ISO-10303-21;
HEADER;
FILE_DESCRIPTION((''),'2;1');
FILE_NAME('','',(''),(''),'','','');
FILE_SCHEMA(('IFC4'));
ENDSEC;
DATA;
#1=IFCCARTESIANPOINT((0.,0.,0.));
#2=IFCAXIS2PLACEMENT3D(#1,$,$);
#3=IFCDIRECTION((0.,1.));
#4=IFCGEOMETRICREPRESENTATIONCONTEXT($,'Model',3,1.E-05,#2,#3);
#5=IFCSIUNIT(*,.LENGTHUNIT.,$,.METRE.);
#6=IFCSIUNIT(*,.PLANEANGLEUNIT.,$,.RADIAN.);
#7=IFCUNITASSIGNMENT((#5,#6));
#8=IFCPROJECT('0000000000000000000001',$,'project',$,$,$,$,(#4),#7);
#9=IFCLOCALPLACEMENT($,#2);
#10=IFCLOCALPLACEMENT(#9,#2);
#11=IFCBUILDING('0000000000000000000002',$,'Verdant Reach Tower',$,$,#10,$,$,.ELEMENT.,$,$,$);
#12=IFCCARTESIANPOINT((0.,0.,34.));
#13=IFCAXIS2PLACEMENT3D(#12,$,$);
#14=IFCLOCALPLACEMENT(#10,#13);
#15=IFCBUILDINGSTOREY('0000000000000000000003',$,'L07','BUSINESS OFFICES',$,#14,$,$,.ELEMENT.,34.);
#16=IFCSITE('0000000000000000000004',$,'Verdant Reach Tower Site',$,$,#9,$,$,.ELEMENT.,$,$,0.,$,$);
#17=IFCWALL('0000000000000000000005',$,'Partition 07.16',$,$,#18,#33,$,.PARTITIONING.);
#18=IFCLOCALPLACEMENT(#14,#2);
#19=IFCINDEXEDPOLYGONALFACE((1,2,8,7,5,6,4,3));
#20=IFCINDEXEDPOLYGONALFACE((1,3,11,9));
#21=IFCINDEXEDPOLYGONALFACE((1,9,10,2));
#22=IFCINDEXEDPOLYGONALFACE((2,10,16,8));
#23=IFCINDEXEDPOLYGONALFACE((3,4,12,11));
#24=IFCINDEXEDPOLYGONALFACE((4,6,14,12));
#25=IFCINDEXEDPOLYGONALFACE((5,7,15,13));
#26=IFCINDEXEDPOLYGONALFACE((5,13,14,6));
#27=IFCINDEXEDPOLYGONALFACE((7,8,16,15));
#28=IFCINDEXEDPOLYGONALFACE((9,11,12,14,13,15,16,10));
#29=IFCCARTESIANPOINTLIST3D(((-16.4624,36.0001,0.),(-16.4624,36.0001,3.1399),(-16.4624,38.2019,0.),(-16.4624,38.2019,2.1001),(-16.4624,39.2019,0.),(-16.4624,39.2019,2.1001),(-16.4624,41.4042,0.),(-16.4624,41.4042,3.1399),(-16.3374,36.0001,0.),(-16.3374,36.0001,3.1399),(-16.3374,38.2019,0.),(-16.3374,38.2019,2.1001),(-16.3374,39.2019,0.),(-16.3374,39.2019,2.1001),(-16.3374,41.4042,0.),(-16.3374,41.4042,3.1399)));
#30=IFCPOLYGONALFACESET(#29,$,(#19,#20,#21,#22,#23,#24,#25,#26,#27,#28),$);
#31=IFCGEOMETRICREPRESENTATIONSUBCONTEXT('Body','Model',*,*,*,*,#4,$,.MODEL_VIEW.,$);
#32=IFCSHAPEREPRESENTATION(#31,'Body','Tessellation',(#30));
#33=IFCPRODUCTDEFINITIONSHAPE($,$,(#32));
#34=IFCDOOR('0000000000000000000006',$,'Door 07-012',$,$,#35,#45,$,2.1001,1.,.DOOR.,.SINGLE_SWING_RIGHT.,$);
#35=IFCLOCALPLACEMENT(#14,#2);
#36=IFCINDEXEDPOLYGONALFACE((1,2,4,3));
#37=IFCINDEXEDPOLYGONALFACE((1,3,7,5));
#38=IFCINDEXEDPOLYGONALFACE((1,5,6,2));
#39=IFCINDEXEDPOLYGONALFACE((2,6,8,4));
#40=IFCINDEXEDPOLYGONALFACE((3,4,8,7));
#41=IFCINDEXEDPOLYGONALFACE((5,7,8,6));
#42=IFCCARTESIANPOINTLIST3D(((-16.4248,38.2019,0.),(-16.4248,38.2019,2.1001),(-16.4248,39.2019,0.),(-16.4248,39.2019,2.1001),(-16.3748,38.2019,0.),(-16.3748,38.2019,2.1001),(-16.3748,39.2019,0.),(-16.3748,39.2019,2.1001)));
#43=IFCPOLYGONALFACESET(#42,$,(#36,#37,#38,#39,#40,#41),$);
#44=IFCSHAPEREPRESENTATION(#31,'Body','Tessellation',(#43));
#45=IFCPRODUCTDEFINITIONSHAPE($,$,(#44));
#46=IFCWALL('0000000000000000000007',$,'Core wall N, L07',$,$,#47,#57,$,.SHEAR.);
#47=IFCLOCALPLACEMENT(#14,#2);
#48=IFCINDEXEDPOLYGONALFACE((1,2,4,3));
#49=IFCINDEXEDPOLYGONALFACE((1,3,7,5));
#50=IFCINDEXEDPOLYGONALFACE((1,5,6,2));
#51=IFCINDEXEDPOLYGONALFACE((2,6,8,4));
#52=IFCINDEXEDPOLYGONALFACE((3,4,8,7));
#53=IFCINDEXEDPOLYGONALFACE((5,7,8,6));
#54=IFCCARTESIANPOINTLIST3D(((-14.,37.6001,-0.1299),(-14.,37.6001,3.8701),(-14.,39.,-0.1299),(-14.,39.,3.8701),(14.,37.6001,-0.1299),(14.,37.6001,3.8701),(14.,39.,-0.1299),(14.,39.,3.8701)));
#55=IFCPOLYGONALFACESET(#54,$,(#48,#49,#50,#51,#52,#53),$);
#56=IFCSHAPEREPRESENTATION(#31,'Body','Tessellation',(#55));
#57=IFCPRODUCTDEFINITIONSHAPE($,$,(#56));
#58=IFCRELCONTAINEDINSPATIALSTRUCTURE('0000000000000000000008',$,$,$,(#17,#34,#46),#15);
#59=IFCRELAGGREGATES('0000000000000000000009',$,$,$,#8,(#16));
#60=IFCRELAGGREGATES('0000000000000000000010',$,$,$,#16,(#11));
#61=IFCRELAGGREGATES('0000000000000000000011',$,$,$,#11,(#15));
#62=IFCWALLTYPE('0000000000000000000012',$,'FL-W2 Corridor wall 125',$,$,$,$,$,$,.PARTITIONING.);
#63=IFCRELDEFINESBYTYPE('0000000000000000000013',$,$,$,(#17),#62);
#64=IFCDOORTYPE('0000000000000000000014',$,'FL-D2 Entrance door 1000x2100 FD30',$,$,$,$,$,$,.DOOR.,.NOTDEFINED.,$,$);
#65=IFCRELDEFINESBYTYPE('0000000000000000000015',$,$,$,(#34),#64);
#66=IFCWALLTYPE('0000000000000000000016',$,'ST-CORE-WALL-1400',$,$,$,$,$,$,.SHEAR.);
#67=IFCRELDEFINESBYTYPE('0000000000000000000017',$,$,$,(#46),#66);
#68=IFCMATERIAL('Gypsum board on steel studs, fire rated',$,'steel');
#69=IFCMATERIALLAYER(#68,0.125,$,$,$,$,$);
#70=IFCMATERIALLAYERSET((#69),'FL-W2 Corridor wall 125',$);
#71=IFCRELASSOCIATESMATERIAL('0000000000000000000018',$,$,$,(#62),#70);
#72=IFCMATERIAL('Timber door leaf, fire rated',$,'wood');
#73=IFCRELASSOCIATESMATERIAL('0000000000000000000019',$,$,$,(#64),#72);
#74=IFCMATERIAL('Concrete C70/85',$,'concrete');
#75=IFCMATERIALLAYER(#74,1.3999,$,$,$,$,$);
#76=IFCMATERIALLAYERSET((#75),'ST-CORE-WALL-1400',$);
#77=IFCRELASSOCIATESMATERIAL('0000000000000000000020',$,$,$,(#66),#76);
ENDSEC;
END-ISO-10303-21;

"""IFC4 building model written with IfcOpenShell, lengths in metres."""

from ifc_helpers import new_model, si_unit, direction, frame, frame_2d, origin, place, context, subcontext, project, spatial, rectangle, extrude, material, layer, layer_set, type_object, element, fill, save


model = new_model("IFC4")

# Units and contexts
model_context = context("Model", 3, precision=1e-05, world=origin(), true_north=direction((0.0, 1.0)))
body_context = subcontext(model_context, "Body", "Model", "MODEL_VIEW")
ifc_project = project(units=[si_unit("LENGTHUNIT", "METRE"), si_unit("PLANEANGLEUNIT", "RADIAN")], contexts=[model_context])

# Site, building, storey
site_placement = place(None, origin())
site = spatial("IfcSite", under=ifc_project, at=site_placement, Name="Verdant Reach Tower Site", CompositionType="ELEMENT", RefElevation=0.0)
building_placement = place(site_placement, origin())
building = spatial("IfcBuilding", under=site, at=building_placement, Name="Verdant Reach Tower", CompositionType="ELEMENT")
storey_placement = place(building_placement, frame((0.0, 0.0, 34.0)))
storey = spatial("IfcBuildingStorey", under=building, at=storey_placement, Name="L07", Description="BUSINESS OFFICES", CompositionType="ELEMENT", Elevation=34.0)

# Wall, opening, door
ifc_material_1 = material(Name="Gypsum board on steel studs, fire rated", Category="steel")
ifc_layer_1 = layer(ifc_material_1, 0.125)
ifc_layer_set_1 = layer_set([ifc_layer_1], Name="FL-W2 Corridor wall 125")
wall_type_1 = type_object("IfcWallType", Name="FL-W2 Corridor wall 125", PredefinedType="PARTITIONING", material=ifc_layer_set_1)
ifc_material_2 = material(Name="Timber door leaf, fire rated", Category="wood")
door_type_1 = type_object("IfcDoorType", Name="FL-D2 Entrance door 1000x2100 FD30", OperationType="NOTDEFINED", PredefinedType="DOOR", material=ifc_material_2)
wall_1_placement = place(storey_placement, frame((-16.3999, 36.0, 0.0), z_axis=(0.0, 0.0, 1.0), x_axis=(0.0, 1.0, 0.0)))
wall_1 = element("IfcWall", 1, at=wall_1_placement, inside=storey, type_object=wall_type_1, Name="Partition 07.16", PredefinedType="PARTITIONING", context=body_context, shape_type="SweptSolid", body=[
    extrude(rectangle(XDim=5.4041, YDim=0.125, at=frame_2d((2.7021, 0.0))), origin(), (0.0, 0.0, 1.0), 3.1399),
])
opening_1_placement = place(wall_1_placement, frame((2.2019, 0.0, 0.0)))
opening_1 = element("IfcOpeningElement", 2, at=opening_1_placement, cuts=wall_1, PredefinedType="OPENING", context=body_context, shape_type="SweptSolid", body=[
    extrude(rectangle(XDim=1.0, YDim=2.1001, at=frame_2d((0.5, 1.05))), frame((0.0, 0.0725, 0.0), z_axis=(0.0, -1.0, 0.0), x_axis=(1.0, 0.0, 0.0)), (0.0, 0.0, 1.0), 0.145),
])
door_1_placement = place(opening_1_placement, origin())
door_1 = element("IfcDoor", 3, at=door_1_placement, inside=storey, type_object=door_type_1, Name="Door 07-012", OperationType="SINGLE_SWING_RIGHT", OverallHeight=2.1001, OverallWidth=1.0, PredefinedType="DOOR", context=body_context, shape_type="SweptSolid", body=[
    extrude(rectangle(XDim=1.0, YDim=2.1001, at=frame_2d((0.5, 1.05))), frame((0.0, 0.0249, 0.0), z_axis=(0.0, -1.0, 0.0), x_axis=(1.0, 0.0, 0.0)), (0.0, 0.0, 1.0), 0.05),
])
fill(opening_1, door_1)

# Wall
ifc_material_3 = material(Name="Concrete C70/85", Category="concrete")
ifc_layer_2 = layer(ifc_material_3, 1.3999)
ifc_layer_set_2 = layer_set([ifc_layer_2], Name="ST-CORE-WALL-1400")
wall_type_2 = type_object("IfcWallType", Name="ST-CORE-WALL-1400", PredefinedType="SHEAR", material=ifc_layer_set_2)
wall_2_placement = place(storey_placement, frame((-14.0, 38.3, -0.1299), z_axis=(0.0, 0.0, 1.0), x_axis=(1.0, 0.0, 0.0)))
element("IfcWall", 4, at=wall_2_placement, inside=storey, type_object=wall_type_2, Name="Core wall N, L07", PredefinedType="SHEAR", context=body_context, shape_type="SweptSolid", body=[
    extrude(rectangle(XDim=28.0, YDim=1.3999, at=frame_2d((14.0, 0.0))), origin(), (0.0, 0.0, 1.0), 4.0),
])

save(model, "model.ifc")
